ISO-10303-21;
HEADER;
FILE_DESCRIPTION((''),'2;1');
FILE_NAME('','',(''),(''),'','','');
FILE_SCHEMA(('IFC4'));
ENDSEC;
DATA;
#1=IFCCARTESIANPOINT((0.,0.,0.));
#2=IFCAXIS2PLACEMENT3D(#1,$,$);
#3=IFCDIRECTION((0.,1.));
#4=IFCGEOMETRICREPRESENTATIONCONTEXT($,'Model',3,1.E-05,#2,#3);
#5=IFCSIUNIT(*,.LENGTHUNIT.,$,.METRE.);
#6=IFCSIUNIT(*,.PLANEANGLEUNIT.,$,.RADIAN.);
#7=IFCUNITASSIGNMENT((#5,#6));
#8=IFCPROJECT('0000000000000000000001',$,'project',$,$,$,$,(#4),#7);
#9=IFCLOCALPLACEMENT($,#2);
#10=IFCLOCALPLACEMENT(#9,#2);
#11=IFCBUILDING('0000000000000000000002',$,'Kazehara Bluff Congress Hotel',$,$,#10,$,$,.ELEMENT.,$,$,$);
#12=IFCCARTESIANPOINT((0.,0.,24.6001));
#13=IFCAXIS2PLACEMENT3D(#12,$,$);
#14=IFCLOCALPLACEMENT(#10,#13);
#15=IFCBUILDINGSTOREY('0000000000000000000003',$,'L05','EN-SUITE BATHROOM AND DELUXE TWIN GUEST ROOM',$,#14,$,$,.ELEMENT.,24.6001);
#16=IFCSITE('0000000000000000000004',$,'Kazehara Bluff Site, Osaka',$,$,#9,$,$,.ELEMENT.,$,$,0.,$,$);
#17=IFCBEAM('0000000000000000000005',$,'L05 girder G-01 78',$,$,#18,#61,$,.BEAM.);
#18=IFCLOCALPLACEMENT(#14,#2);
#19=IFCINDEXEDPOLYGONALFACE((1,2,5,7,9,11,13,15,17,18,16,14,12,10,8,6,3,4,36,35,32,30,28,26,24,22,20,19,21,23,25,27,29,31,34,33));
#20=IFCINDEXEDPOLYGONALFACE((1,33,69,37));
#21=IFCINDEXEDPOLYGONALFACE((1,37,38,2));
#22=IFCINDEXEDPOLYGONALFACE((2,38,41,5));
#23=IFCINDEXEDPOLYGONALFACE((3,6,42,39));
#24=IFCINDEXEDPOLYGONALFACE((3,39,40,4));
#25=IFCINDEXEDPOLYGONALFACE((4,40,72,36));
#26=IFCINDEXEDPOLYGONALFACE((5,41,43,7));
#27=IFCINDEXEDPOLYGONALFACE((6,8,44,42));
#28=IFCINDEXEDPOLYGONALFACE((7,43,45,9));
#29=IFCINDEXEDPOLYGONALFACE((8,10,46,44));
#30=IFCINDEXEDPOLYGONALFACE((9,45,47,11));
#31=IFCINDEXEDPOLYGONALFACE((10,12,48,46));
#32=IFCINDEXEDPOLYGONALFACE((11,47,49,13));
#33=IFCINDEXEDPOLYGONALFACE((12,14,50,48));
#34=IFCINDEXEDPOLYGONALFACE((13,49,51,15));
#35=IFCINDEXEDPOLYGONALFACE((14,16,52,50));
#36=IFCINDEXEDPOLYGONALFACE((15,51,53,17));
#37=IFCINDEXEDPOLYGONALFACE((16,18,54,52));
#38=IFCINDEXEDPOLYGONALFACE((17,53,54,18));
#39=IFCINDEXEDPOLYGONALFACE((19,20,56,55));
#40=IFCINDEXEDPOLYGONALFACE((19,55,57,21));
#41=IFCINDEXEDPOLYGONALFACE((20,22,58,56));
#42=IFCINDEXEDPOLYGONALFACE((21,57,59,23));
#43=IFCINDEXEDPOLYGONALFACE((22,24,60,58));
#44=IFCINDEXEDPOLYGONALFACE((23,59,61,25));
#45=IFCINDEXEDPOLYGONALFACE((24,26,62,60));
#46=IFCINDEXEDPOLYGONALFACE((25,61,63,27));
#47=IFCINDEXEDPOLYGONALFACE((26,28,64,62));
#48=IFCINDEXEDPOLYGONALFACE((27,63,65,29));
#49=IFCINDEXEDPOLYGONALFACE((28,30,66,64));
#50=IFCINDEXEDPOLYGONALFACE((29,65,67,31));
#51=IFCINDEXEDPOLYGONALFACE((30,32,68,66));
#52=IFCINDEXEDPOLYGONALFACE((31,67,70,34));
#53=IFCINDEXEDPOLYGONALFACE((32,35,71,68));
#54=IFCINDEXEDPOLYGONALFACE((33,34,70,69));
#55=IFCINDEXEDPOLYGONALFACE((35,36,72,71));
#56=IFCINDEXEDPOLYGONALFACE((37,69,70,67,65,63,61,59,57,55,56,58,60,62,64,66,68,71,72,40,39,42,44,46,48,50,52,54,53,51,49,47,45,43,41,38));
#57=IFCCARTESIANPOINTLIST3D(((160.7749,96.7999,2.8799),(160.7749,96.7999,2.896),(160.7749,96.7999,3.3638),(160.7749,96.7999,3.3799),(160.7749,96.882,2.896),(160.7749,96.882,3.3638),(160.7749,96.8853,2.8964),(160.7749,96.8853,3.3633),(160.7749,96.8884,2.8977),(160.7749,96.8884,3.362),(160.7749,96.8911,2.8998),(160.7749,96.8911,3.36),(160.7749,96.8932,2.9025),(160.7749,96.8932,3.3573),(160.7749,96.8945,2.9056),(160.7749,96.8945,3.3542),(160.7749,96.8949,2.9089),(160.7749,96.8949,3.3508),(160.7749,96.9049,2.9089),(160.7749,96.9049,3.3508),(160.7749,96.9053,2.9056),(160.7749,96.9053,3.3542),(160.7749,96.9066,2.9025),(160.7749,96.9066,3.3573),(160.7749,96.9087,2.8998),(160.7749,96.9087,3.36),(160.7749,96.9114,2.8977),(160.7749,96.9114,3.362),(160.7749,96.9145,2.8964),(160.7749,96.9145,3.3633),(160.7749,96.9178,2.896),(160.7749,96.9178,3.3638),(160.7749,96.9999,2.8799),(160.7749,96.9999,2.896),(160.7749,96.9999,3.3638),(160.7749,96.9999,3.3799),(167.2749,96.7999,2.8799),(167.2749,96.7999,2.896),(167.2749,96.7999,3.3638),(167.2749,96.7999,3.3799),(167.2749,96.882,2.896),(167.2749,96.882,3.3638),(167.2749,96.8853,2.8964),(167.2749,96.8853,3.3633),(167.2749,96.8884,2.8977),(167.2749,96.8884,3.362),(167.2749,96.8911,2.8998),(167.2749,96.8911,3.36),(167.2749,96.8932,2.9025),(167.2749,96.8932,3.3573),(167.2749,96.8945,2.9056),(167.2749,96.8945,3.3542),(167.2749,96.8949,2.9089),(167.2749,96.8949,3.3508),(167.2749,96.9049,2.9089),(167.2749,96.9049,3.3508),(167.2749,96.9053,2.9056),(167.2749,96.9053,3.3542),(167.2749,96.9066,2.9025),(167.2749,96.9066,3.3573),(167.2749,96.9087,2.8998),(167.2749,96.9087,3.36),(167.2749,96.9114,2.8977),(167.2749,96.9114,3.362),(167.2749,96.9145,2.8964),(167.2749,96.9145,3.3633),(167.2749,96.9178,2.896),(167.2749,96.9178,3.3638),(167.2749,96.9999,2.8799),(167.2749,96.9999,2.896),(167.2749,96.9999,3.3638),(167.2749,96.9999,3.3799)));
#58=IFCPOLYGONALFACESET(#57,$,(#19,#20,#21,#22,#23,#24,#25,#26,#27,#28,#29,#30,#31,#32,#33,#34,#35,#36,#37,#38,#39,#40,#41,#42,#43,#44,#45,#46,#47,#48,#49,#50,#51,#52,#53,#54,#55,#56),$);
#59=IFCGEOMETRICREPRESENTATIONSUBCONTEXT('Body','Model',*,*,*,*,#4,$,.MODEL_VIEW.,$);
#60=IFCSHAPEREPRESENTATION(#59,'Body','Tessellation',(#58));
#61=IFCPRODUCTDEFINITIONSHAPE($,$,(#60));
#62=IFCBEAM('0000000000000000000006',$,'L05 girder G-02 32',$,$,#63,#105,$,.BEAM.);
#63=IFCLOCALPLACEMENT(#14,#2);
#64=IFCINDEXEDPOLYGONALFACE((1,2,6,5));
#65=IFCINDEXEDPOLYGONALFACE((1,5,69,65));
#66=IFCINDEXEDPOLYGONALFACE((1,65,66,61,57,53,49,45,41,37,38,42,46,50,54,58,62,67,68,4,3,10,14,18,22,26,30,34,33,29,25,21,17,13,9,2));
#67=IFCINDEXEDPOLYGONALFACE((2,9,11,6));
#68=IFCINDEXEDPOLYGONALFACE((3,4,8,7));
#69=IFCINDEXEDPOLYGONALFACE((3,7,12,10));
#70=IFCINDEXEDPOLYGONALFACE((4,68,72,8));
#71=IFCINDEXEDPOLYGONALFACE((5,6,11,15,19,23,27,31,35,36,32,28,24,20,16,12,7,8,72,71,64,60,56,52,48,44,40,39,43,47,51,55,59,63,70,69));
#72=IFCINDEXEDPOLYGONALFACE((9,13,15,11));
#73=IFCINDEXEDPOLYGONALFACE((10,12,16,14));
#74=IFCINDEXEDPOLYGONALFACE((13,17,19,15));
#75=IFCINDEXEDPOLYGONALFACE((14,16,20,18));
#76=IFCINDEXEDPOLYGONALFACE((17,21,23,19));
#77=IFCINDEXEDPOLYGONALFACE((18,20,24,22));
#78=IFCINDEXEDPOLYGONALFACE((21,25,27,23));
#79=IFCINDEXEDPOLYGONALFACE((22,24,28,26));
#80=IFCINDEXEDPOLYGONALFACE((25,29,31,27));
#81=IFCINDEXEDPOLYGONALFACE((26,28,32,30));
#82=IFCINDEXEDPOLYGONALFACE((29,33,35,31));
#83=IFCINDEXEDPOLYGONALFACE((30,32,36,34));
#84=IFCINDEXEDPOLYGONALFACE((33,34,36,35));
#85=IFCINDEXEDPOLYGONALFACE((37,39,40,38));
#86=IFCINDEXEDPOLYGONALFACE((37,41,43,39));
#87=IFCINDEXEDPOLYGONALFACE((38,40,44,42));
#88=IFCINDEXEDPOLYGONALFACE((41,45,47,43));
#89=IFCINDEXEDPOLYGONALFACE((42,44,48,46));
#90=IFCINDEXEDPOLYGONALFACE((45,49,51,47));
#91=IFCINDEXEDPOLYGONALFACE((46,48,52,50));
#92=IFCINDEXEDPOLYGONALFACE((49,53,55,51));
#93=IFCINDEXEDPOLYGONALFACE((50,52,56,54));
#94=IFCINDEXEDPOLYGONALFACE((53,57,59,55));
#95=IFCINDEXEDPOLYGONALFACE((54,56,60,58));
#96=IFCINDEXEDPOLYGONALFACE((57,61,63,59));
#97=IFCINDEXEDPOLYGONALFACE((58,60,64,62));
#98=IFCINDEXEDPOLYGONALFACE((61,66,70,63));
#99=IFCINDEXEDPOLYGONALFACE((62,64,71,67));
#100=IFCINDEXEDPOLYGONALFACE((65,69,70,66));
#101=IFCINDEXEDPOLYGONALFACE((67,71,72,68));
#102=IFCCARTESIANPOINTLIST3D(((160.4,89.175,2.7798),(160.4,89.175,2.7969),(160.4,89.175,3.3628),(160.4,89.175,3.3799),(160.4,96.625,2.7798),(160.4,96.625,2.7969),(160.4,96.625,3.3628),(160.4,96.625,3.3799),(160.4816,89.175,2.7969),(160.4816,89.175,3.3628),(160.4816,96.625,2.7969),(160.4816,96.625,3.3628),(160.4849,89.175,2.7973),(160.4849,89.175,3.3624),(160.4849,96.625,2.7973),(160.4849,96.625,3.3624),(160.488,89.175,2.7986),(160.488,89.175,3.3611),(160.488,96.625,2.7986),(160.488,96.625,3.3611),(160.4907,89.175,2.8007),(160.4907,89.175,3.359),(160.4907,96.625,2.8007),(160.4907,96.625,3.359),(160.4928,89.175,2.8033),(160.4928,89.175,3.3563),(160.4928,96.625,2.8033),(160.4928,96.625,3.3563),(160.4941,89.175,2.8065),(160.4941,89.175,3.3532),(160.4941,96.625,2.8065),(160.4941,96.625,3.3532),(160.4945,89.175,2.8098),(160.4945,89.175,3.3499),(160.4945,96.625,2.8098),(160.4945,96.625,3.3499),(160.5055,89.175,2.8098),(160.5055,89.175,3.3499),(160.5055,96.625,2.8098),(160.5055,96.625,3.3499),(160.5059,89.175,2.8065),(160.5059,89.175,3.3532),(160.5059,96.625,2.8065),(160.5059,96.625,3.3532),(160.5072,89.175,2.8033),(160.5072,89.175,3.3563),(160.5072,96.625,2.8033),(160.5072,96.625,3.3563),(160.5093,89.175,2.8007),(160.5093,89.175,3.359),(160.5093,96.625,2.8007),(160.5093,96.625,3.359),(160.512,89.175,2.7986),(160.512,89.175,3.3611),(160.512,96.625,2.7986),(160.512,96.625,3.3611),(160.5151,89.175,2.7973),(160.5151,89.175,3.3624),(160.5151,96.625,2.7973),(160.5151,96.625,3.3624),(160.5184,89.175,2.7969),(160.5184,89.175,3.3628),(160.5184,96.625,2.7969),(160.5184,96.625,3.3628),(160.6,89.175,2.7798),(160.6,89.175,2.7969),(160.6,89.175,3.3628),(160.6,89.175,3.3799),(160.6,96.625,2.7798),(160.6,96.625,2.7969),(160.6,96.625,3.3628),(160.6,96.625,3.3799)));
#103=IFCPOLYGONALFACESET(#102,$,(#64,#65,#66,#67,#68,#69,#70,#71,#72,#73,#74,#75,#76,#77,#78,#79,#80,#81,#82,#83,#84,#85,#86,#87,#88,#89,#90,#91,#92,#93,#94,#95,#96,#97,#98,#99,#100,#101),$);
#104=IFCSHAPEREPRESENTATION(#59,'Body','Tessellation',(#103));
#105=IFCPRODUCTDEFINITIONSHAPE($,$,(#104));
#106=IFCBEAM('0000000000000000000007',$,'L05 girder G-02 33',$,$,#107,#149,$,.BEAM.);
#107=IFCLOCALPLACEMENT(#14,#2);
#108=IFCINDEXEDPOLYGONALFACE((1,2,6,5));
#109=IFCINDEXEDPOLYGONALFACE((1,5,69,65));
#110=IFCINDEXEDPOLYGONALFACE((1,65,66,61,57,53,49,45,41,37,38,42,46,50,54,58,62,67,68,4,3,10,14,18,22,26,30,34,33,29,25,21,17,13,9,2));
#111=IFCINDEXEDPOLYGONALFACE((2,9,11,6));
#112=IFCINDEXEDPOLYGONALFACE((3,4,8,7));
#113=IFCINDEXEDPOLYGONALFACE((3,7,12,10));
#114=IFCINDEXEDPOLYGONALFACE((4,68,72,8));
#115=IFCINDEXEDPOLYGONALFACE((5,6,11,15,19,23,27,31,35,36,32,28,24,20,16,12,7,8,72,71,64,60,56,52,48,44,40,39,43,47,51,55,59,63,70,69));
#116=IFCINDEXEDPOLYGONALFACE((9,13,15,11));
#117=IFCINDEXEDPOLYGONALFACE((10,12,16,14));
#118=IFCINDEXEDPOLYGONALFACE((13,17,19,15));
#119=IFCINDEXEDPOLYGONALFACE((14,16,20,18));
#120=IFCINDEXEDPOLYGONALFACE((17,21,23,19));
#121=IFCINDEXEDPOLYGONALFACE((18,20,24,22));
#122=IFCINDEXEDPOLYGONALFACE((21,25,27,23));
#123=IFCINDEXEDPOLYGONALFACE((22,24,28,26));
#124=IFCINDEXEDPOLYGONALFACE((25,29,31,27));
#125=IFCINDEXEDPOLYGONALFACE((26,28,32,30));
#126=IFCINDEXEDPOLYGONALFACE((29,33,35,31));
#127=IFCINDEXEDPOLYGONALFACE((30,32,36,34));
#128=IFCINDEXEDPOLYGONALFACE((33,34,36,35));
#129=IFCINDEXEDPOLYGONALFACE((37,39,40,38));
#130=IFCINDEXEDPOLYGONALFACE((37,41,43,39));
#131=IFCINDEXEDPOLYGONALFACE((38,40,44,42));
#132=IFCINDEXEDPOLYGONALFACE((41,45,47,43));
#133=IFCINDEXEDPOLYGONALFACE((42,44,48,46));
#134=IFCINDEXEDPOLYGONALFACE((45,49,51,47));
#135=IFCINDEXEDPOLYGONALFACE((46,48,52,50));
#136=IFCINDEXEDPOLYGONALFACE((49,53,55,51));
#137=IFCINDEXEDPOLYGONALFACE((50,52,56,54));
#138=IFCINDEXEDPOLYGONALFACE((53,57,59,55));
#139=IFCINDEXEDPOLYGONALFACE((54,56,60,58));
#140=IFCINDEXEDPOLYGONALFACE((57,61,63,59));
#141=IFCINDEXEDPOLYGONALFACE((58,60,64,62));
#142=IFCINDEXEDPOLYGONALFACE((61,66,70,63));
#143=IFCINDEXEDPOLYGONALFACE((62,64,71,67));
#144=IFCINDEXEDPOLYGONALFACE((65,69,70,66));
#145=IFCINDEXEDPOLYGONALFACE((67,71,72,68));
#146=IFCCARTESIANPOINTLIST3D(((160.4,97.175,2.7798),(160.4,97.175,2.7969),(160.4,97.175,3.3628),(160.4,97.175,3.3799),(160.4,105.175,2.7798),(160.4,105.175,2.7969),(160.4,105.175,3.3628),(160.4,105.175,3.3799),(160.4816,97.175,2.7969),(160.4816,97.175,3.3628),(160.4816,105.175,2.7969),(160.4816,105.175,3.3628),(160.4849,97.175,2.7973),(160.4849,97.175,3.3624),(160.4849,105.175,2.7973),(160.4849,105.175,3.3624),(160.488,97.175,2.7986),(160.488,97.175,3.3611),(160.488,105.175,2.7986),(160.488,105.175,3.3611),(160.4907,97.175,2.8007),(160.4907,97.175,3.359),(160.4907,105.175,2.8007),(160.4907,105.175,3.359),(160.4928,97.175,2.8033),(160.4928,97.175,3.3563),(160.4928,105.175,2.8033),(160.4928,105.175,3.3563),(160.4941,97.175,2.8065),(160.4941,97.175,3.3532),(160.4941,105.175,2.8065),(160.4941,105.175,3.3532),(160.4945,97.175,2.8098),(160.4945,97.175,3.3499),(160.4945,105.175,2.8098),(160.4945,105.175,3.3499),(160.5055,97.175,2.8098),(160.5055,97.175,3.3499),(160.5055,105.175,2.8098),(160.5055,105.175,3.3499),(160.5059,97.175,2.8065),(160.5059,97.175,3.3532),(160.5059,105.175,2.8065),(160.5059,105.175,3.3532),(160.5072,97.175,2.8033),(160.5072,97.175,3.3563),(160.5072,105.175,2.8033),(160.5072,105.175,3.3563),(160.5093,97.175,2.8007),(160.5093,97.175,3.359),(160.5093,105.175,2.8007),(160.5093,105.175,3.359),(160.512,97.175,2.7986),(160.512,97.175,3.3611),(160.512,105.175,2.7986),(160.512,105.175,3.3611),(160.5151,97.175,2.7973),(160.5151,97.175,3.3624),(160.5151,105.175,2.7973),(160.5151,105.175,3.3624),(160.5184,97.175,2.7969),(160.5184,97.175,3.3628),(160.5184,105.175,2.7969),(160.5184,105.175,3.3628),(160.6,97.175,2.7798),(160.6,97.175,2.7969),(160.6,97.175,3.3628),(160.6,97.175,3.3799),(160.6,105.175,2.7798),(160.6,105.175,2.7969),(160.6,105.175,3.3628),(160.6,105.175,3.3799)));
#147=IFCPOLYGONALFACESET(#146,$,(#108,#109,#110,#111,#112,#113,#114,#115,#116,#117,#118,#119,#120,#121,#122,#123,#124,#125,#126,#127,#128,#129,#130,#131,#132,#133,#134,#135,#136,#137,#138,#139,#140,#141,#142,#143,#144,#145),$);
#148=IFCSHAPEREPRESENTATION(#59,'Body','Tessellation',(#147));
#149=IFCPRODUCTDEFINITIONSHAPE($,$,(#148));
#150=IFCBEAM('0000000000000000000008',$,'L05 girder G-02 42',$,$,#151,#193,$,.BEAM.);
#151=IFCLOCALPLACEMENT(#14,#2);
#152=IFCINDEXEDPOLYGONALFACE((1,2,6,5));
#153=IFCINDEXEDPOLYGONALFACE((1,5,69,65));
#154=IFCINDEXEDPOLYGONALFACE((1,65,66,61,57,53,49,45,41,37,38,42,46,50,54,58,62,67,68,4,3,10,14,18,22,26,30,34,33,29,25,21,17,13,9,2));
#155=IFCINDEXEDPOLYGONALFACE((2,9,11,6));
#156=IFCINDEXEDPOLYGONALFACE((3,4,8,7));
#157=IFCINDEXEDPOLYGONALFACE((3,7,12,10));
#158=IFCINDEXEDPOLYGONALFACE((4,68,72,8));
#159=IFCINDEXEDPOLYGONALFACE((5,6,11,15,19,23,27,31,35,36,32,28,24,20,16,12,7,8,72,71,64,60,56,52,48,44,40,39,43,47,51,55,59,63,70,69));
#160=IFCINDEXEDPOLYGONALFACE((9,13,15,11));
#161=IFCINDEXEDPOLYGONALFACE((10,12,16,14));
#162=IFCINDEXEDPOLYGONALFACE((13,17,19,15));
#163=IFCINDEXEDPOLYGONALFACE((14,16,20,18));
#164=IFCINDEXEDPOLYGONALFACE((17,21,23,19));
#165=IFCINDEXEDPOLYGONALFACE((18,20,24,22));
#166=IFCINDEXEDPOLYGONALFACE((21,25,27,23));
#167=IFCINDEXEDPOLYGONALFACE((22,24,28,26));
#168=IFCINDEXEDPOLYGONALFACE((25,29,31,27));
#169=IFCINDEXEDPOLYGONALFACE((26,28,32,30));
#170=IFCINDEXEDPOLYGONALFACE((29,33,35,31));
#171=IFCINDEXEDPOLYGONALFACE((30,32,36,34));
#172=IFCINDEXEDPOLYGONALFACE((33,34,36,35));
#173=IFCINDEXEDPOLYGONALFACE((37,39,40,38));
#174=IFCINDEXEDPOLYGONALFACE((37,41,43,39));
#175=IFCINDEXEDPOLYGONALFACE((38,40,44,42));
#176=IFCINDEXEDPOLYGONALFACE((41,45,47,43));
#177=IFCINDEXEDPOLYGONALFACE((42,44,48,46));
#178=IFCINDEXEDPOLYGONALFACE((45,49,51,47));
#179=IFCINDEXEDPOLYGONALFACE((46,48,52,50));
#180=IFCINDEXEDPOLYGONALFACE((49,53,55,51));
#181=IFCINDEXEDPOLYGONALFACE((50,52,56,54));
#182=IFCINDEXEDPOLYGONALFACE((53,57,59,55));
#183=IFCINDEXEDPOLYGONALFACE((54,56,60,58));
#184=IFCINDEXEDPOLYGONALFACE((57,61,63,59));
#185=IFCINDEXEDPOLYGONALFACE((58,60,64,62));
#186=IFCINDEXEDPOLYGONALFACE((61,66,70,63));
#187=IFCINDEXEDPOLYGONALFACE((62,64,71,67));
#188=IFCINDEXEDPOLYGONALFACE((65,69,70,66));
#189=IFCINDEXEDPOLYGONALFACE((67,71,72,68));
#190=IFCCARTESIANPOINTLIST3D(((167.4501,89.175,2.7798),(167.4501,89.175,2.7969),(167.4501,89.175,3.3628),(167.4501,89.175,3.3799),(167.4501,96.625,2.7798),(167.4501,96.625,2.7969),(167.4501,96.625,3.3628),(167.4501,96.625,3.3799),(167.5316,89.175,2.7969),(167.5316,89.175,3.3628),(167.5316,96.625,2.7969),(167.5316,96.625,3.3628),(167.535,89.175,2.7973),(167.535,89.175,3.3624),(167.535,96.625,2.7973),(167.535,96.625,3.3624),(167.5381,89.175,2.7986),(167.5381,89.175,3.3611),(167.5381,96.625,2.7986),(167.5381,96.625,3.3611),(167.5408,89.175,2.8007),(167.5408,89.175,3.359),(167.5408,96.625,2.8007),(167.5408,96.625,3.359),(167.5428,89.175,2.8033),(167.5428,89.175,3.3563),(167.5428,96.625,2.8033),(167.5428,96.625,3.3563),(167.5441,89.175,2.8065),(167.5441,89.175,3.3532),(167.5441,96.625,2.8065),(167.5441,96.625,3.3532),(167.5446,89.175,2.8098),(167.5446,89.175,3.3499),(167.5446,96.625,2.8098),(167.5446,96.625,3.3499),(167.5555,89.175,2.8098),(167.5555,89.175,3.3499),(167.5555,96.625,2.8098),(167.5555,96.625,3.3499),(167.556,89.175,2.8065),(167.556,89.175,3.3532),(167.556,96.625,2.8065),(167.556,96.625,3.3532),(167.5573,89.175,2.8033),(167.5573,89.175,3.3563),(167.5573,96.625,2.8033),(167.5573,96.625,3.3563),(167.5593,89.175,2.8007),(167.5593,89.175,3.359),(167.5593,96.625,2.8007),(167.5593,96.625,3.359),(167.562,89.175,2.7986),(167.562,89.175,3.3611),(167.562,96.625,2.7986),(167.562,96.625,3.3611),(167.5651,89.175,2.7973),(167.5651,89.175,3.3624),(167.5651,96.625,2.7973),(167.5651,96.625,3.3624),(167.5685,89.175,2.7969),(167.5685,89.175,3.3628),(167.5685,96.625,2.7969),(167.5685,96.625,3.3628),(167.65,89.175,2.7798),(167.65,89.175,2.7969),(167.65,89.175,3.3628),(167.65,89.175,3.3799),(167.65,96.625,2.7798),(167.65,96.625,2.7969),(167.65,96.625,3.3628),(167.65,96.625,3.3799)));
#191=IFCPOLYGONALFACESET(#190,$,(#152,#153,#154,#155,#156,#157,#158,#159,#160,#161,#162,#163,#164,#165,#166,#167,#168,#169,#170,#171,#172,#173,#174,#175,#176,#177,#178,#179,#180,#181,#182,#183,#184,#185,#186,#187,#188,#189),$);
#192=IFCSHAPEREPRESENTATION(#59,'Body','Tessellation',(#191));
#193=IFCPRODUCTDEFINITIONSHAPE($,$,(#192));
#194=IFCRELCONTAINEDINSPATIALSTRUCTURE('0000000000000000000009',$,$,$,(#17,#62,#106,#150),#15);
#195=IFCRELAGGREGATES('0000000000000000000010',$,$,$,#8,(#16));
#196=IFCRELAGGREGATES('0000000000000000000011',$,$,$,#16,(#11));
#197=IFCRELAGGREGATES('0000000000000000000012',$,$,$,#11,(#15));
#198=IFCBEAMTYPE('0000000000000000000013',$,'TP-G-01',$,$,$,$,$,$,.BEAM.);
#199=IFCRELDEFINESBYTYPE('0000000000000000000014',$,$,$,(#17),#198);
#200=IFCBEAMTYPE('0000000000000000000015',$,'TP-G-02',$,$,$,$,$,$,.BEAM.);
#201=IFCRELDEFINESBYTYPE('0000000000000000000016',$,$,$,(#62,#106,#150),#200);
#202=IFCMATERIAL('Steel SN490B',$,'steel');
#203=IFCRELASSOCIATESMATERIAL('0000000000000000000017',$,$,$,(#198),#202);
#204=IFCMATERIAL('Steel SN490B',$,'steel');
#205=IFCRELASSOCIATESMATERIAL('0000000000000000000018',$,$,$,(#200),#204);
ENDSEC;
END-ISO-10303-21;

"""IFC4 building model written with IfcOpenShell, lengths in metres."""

from ifc_helpers import new_model, si_unit, direction, frame, origin, origin_2d, place, context, subcontext, project, spatial, i_section, extrude, material, material_profile, profile_set, type_object, element, save


model = new_model("IFC4")

# Units and contexts
model_context = context("Model", 3, precision=1e-05, world=origin(), true_north=direction((0.0, 1.0)))
body_context = subcontext(model_context, "Body", "Model", "MODEL_VIEW")
ifc_project = project(units=[si_unit("LENGTHUNIT", "METRE"), si_unit("PLANEANGLEUNIT", "RADIAN")], contexts=[model_context])

# Site, building, storey
site_placement = place(None, origin())
site = spatial("IfcSite", under=ifc_project, at=site_placement, Name="Kazehara Bluff Site, Osaka", CompositionType="ELEMENT", RefElevation=0.0)
building_placement = place(site_placement, origin())
building = spatial("IfcBuilding", under=site, at=building_placement, Name="Kazehara Bluff Congress Hotel", CompositionType="ELEMENT")
storey_placement = place(building_placement, frame((0.0, 0.0, 24.6001)))
storey = spatial("IfcBuildingStorey", under=building, at=storey_placement, Name="L05", Description="EN-SUITE BATHROOM AND DELUXE TWIN GUEST ROOM", CompositionType="ELEMENT", Elevation=24.6001)

# Beams
ifc_material_1 = material(Name="Steel SN490B", Category="steel")
ifc_material_profile_1 = material_profile(ifc_material_1, i_section(OverallWidth=0.2, OverallDepth=0.5, WebThickness=0.01, FlangeThickness=0.0161, FilletRadius=0.0129, at=origin_2d()))
ifc_profile_set_1 = profile_set([ifc_material_profile_1], Name="Steel SN490B")
beam_type_1 = type_object("IfcBeamType", Name="TP-G-01", PredefinedType="BEAM", material=ifc_profile_set_1)
beam_1_placement = place(storey_placement, frame((160.7749, 96.8999, 3.1299), z_axis=(1.0, 0.0, 0.0), x_axis=(0.0, 1.0, 0.0)))
element("IfcBeam", 1, at=beam_1_placement, inside=storey, type_object=beam_type_1, Name="L05 girder G-01 78", PredefinedType="BEAM", context=body_context, shape_type="SweptSolid", body=[
    extrude(i_section(OverallWidth=0.2, OverallDepth=0.5, WebThickness=0.01, FlangeThickness=0.0161, FilletRadius=0.0129, at=origin_2d()), origin(), (0.0, 0.0, 1.0), 6.5),
])
ifc_material_2 = material(Name="Steel SN490B", Category="steel")
ifc_material_profile_2 = material_profile(ifc_material_2, i_section(OverallWidth=0.2, OverallDepth=0.6001, WebThickness=0.011, FlangeThickness=0.0171, FilletRadius=0.0129, at=origin_2d()))
ifc_profile_set_2 = profile_set([ifc_material_profile_2], Name="Steel SN490B")
beam_type_2 = type_object("IfcBeamType", Name="TP-G-02", PredefinedType="BEAM", material=ifc_profile_set_2)
beam_2_placement = place(storey_placement, frame((160.5, 89.175, 3.0798), z_axis=(0.0, 1.0, 0.0), x_axis=(-1.0, 0.0, 0.0)))
element("IfcBeam", 2, at=beam_2_placement, inside=storey, type_object=beam_type_2, Name="L05 girder G-02 32", PredefinedType="BEAM", context=body_context, shape_type="SweptSolid", body=[
    extrude(i_section(OverallWidth=0.2, OverallDepth=0.6001, WebThickness=0.011, FlangeThickness=0.0171, FilletRadius=0.0129, at=origin_2d()), origin(), (0.0, 0.0, 1.0), 7.45),
])
beam_3_placement = place(storey_placement, frame((160.5, 97.175, 3.0798), z_axis=(0.0, 1.0, 0.0), x_axis=(-1.0, 0.0, 0.0)))
element("IfcBeam", 3, at=beam_3_placement, inside=storey, type_object=beam_type_2, Name="L05 girder G-02 33", PredefinedType="BEAM", context=body_context, shape_type="SweptSolid", body=[
    extrude(i_section(OverallWidth=0.2, OverallDepth=0.6001, WebThickness=0.011, FlangeThickness=0.0171, FilletRadius=0.0129, at=origin_2d()), origin(), (0.0, 0.0, 1.0), 8.0),
])
beam_4_placement = place(storey_placement, frame((167.55, 89.175, 3.0798), z_axis=(0.0, 1.0, 0.0), x_axis=(-1.0, 0.0, 0.0)))
element("IfcBeam", 4, at=beam_4_placement, inside=storey, type_object=beam_type_2, Name="L05 girder G-02 42", PredefinedType="BEAM", context=body_context, shape_type="SweptSolid", body=[
    extrude(i_section(OverallWidth=0.2, OverallDepth=0.6001, WebThickness=0.011, FlangeThickness=0.0171, FilletRadius=0.0129, at=origin_2d()), origin(), (0.0, 0.0, 1.0), 7.45),
])

save(model, "model.ifc")
